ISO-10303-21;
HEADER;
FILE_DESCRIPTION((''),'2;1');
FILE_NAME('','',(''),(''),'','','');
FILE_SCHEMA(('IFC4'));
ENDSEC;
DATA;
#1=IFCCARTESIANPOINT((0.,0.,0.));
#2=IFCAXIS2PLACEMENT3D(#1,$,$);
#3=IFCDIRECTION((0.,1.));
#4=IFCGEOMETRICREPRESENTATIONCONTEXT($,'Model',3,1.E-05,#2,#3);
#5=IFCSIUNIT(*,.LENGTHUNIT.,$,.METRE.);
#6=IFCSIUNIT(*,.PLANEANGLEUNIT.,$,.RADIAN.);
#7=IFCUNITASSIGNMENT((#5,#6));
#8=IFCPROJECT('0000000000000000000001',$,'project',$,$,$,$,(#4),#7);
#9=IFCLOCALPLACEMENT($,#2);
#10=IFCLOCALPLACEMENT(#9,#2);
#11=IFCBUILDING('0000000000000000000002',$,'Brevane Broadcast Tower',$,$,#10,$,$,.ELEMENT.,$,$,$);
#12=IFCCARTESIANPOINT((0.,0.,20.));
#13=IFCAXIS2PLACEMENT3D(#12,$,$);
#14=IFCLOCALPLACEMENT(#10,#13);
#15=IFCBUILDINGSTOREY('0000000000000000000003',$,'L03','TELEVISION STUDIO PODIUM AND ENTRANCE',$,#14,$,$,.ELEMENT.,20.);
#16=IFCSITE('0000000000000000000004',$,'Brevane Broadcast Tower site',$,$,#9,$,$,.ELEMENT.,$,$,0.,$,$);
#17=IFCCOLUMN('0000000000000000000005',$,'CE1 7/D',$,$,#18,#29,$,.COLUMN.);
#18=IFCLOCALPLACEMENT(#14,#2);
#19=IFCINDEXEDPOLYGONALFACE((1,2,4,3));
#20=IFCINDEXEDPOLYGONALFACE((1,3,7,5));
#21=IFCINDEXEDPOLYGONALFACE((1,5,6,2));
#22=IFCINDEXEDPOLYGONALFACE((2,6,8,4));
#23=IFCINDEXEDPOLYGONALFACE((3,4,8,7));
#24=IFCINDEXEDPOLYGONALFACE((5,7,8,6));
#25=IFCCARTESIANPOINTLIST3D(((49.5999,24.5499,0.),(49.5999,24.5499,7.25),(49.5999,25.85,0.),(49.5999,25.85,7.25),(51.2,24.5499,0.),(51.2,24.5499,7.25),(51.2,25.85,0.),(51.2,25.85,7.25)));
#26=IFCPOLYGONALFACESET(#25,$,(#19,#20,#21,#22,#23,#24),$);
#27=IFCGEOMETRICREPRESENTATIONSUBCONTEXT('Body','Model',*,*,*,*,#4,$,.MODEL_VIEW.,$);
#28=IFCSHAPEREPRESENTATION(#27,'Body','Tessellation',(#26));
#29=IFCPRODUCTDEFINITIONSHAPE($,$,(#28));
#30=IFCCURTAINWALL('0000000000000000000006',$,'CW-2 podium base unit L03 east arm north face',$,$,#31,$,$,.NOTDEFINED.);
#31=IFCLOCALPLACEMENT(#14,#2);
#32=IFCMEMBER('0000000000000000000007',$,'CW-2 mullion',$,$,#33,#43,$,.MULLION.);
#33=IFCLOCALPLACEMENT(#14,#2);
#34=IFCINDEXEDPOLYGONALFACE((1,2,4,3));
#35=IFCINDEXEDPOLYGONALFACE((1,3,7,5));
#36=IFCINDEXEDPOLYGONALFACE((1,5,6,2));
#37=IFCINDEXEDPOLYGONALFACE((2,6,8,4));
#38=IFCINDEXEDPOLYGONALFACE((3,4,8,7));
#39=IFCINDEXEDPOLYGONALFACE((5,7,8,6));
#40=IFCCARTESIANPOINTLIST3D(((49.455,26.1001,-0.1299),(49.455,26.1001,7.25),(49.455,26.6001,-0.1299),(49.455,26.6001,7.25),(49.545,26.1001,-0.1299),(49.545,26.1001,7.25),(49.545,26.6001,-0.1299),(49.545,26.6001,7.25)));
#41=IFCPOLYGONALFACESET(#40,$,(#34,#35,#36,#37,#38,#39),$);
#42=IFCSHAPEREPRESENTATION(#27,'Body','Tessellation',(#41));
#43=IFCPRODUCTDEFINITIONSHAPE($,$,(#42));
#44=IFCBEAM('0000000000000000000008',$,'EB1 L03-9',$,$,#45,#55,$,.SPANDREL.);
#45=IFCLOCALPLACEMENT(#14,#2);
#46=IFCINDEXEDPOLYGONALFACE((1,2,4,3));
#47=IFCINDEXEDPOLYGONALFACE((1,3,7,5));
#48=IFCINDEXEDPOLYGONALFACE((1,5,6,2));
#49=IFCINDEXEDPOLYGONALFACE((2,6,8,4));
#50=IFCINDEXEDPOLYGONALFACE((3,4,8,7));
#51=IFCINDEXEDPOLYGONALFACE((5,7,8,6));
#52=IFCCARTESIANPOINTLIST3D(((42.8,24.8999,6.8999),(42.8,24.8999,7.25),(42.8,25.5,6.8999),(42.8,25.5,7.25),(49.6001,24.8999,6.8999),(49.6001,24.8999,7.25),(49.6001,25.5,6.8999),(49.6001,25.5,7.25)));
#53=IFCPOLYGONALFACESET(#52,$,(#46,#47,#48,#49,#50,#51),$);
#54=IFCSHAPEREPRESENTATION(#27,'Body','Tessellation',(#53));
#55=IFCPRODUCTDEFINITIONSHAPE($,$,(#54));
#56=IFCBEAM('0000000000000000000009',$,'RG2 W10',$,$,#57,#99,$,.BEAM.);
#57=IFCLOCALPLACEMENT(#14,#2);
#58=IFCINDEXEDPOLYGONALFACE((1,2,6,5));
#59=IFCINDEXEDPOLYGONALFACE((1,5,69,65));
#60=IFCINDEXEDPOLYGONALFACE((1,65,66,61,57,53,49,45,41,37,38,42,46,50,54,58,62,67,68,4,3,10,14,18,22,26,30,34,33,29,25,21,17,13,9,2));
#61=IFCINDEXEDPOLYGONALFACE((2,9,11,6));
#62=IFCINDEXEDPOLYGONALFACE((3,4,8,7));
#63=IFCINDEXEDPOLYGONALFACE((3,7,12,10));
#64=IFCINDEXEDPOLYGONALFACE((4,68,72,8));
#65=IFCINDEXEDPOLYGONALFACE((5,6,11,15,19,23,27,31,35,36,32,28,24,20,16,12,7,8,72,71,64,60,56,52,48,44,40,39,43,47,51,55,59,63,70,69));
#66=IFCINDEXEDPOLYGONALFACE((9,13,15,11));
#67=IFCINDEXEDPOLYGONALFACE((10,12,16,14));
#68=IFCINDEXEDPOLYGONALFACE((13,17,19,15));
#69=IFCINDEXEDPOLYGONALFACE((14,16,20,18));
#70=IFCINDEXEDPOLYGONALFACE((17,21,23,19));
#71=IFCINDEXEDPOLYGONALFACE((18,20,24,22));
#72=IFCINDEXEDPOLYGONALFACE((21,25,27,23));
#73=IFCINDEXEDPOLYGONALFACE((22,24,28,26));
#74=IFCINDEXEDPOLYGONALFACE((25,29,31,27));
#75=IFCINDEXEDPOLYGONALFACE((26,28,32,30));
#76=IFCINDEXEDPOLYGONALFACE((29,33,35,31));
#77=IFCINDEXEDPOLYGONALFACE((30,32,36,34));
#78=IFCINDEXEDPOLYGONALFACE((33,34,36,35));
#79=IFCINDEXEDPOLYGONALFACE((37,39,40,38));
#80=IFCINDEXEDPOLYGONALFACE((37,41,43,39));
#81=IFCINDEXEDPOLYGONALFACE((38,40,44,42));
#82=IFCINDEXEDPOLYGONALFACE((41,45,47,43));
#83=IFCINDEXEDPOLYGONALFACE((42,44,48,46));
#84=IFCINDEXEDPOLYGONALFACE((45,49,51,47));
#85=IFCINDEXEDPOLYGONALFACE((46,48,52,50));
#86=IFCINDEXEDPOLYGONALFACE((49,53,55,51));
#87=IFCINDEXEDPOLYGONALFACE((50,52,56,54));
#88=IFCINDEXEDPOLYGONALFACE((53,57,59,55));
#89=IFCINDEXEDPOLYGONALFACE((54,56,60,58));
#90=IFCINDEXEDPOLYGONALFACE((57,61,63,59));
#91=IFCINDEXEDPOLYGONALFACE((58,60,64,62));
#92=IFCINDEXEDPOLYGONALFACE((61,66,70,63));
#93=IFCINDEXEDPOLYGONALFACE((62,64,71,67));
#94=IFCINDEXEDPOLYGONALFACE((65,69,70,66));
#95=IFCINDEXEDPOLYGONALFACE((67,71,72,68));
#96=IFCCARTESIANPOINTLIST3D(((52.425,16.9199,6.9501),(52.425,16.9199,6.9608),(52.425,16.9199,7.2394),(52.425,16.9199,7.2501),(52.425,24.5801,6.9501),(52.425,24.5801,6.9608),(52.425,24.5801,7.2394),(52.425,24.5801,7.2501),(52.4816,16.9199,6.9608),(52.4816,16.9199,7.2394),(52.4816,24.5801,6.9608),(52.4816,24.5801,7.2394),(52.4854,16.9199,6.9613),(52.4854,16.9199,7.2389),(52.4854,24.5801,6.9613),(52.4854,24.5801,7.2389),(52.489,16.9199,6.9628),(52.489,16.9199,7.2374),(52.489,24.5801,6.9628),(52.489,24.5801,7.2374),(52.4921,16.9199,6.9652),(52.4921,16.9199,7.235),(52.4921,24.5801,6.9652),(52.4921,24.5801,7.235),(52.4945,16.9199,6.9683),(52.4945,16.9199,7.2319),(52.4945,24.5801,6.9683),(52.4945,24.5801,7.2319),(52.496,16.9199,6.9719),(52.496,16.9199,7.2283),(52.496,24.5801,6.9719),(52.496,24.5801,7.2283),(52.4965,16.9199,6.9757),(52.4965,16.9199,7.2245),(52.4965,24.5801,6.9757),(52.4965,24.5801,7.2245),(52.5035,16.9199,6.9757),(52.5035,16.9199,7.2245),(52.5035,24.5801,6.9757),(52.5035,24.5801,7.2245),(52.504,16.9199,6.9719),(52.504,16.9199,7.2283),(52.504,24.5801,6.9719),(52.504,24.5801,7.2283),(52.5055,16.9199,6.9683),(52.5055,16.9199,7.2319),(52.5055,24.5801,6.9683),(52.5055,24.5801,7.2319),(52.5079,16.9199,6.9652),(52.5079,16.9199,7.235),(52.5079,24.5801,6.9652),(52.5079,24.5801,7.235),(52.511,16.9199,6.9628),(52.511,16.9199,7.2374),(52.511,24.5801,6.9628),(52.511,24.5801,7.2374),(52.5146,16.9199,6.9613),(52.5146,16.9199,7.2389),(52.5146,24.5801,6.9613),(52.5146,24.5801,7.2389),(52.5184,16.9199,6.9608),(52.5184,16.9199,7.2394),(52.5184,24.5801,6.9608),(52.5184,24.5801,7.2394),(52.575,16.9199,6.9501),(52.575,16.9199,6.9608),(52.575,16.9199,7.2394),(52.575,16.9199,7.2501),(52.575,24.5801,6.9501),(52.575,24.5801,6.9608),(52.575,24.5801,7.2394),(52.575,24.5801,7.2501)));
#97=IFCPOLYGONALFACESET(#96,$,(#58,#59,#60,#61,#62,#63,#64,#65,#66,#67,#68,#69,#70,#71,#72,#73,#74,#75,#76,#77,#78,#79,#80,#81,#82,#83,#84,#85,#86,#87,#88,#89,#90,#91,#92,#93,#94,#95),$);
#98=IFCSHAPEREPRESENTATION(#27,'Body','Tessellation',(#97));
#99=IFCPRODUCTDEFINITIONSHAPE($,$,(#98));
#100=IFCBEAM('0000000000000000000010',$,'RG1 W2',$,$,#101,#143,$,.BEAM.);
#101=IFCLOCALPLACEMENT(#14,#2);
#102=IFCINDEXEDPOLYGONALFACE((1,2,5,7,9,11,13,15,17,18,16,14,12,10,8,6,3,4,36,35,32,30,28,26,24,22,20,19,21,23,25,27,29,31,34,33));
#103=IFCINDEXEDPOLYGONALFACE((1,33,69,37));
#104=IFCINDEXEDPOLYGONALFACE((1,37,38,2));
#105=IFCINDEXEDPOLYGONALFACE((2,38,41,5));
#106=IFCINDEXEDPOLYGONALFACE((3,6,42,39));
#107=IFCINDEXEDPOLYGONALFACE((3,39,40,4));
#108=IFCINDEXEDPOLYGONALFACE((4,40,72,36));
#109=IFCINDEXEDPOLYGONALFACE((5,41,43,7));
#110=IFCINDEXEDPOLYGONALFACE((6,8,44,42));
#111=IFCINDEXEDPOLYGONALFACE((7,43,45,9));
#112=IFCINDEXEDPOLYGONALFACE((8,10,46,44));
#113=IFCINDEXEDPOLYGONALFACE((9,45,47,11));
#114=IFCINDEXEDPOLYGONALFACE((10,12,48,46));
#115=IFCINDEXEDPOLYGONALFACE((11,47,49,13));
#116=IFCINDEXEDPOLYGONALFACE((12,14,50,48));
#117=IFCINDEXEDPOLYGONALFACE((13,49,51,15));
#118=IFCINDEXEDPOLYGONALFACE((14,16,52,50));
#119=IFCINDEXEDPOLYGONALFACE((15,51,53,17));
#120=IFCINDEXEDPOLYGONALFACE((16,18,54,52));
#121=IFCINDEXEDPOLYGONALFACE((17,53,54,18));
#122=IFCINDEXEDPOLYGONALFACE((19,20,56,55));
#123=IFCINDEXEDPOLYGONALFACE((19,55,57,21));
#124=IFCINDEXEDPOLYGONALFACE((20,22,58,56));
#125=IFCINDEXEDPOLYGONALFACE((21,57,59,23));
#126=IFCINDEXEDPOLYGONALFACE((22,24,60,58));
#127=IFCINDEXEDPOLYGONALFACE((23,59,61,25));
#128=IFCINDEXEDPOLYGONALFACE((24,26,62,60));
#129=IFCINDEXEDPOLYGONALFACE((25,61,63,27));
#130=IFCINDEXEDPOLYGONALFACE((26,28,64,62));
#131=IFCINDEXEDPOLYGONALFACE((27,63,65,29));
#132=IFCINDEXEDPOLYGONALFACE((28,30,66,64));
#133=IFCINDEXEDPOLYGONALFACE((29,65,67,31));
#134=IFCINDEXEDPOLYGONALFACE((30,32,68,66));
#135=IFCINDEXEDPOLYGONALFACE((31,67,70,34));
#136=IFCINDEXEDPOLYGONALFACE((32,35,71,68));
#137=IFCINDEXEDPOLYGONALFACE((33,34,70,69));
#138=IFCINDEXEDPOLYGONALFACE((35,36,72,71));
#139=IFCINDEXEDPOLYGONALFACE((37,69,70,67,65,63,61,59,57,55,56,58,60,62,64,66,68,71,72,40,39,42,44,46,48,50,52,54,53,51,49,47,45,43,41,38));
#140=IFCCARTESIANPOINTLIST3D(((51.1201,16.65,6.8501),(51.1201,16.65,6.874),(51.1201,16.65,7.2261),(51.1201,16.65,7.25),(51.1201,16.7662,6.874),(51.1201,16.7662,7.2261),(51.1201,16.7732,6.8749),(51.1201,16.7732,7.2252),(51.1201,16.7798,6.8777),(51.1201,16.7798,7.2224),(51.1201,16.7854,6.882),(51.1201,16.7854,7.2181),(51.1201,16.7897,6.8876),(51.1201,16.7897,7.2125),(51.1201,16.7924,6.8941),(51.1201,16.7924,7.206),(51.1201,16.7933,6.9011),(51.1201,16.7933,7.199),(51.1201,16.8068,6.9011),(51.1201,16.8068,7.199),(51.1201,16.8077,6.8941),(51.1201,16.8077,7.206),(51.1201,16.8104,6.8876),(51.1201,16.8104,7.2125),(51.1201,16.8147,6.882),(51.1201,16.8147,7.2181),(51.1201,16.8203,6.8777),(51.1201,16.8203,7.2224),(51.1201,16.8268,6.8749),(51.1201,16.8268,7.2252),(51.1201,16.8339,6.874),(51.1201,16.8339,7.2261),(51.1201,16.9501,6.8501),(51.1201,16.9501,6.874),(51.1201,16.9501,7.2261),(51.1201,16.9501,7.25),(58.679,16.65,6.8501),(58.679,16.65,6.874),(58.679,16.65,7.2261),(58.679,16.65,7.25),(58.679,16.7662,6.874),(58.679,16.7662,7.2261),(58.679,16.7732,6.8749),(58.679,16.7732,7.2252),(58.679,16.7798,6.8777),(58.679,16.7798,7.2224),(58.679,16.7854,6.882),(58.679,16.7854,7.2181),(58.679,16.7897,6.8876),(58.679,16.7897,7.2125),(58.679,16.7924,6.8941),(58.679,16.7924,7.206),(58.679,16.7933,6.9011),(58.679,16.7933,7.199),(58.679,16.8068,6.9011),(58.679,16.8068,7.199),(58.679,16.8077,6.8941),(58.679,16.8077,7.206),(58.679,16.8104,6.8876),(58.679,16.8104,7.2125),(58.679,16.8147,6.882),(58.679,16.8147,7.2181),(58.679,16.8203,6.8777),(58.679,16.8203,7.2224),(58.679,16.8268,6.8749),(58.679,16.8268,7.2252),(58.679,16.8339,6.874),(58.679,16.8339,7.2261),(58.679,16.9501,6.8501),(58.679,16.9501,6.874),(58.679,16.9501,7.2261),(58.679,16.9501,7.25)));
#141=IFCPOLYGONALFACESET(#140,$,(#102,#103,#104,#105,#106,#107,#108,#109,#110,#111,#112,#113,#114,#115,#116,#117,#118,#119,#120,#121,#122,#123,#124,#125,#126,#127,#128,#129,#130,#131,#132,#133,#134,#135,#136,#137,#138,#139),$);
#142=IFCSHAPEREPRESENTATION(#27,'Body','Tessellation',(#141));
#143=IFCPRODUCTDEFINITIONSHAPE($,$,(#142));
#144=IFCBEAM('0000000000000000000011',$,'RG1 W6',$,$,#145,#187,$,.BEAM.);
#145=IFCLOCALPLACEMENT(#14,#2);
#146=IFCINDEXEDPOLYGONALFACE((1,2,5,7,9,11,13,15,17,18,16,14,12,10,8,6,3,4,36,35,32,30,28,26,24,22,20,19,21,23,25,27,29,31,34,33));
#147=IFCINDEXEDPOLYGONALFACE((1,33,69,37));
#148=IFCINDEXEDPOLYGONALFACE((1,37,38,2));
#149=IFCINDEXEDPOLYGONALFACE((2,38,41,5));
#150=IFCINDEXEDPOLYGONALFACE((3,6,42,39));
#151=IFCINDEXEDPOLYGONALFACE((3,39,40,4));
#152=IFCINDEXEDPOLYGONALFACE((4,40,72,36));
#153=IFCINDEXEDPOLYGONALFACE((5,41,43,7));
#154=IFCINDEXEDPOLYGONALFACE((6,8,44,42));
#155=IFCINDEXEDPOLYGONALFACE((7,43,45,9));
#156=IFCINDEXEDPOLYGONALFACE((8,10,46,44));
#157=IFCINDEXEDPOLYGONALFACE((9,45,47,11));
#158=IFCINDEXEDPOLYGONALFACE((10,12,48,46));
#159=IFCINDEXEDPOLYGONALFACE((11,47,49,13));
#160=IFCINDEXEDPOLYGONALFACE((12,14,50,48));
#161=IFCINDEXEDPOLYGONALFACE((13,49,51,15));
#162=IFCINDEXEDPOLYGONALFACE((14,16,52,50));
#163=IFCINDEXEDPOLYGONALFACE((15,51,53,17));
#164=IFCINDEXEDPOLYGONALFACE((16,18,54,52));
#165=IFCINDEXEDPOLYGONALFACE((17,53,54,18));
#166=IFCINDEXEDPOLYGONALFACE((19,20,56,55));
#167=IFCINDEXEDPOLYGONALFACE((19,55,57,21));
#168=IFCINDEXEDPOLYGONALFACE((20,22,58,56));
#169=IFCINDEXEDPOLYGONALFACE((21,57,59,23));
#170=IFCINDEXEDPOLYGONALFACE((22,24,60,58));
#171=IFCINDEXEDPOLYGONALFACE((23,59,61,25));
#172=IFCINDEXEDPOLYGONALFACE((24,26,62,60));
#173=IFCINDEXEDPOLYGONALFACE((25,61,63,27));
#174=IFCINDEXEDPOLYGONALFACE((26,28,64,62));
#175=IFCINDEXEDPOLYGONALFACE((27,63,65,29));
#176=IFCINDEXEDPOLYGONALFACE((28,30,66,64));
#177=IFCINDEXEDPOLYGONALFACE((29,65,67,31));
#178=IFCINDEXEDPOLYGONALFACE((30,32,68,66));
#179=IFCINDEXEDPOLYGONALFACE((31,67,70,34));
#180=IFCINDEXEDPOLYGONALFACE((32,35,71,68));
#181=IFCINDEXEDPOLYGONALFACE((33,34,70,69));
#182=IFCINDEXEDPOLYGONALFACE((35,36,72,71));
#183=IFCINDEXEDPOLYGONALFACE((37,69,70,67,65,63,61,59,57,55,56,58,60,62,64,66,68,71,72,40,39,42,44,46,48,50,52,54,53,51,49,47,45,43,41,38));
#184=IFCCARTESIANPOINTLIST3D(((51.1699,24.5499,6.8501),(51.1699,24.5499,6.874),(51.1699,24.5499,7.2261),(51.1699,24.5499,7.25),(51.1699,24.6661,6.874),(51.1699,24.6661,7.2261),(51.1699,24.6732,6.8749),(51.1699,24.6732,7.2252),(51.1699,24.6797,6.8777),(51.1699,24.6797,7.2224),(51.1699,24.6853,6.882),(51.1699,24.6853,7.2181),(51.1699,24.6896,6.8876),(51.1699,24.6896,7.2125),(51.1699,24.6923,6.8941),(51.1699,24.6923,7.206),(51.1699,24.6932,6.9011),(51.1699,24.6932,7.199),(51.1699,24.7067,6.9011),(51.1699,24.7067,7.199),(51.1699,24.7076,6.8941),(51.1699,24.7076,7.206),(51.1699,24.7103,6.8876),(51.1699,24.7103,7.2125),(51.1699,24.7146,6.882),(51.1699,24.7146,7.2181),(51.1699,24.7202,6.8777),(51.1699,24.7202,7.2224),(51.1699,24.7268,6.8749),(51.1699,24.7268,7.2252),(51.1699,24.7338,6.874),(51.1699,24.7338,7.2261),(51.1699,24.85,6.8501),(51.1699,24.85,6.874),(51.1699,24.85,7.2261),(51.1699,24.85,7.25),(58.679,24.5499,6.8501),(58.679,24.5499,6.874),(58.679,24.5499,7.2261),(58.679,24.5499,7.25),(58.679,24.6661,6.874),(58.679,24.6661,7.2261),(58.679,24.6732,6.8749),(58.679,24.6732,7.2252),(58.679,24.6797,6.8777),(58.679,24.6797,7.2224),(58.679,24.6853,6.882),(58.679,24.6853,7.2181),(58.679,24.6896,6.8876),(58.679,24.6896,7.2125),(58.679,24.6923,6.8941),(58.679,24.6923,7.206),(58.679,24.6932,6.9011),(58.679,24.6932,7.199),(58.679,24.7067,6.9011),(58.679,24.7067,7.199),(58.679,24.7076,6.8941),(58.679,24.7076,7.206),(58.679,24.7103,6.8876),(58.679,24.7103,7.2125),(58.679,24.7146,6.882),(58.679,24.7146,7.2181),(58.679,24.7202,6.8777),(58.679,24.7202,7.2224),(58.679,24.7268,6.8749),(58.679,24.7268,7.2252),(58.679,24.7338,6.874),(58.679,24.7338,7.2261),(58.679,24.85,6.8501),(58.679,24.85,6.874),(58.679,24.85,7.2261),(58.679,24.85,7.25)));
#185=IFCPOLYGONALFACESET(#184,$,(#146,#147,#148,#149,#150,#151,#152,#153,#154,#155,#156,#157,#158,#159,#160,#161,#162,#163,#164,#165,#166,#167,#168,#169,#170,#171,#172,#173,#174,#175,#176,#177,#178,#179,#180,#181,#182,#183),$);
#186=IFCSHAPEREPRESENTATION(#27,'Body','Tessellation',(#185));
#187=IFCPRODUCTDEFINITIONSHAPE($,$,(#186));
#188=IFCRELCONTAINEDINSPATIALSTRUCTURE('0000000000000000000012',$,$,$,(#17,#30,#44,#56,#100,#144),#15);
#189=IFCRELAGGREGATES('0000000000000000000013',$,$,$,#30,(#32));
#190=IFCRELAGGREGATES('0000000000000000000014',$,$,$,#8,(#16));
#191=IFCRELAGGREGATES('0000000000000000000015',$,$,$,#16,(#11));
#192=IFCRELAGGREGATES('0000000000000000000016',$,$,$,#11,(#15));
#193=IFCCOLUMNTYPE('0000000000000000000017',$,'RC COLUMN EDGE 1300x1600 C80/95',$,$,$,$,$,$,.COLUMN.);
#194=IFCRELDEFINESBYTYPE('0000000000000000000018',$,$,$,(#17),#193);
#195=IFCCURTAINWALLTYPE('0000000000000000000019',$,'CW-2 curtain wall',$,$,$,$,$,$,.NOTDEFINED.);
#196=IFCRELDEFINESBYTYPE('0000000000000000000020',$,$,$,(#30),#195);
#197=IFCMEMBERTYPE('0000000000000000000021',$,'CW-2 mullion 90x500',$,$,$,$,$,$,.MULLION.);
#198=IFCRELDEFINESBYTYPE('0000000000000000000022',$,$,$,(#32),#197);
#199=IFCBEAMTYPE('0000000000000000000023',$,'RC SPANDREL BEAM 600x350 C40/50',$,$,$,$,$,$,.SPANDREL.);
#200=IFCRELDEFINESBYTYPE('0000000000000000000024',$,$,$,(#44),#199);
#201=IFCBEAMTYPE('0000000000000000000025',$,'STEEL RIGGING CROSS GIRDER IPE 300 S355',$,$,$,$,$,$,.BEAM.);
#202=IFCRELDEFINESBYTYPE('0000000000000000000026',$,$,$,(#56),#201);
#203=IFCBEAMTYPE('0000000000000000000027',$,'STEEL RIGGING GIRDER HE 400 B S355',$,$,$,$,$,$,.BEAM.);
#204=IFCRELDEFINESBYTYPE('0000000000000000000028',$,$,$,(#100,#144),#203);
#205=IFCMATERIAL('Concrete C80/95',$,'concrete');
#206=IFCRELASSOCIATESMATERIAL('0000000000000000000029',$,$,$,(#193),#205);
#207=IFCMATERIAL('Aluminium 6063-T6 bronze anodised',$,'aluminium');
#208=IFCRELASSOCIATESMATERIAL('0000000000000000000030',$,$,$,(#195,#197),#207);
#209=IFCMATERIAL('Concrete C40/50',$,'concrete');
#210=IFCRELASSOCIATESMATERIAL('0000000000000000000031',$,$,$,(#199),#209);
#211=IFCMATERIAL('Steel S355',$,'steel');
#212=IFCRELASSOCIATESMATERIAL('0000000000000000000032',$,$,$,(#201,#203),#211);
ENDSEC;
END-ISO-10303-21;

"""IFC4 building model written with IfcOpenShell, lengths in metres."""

from ifc_helpers import new_model, si_unit, direction, frame, origin, origin_2d, place, context, subcontext, project, spatial, rectangle, i_section, extrude, material, material_profile, profile_set, type_object, element, aggregate, save


model = new_model("IFC4")

# Units and contexts
model_context = context("Model", 3, precision=1e-05, world=origin(), true_north=direction((0.0, 1.0)))
body_context = subcontext(model_context, "Body", "Model", "MODEL_VIEW")
ifc_project = project(units=[si_unit("LENGTHUNIT", "METRE"), si_unit("PLANEANGLEUNIT", "RADIAN")], contexts=[model_context])

# Site, building, storey
site_placement = place(None, origin())
site = spatial("IfcSite", under=ifc_project, at=site_placement, Name="Brevane Broadcast Tower site", CompositionType="ELEMENT", RefElevation=0.0)
building_placement = place(site_placement, origin())
building = spatial("IfcBuilding", under=site, at=building_placement, Name="Brevane Broadcast Tower", CompositionType="ELEMENT")
storey_placement = place(building_placement, frame((0.0, 0.0, 20.0)))
storey = spatial("IfcBuildingStorey", under=building, at=storey_placement, Name="L03", Description="TELEVISION STUDIO PODIUM AND ENTRANCE", CompositionType="ELEMENT", Elevation=20.0)

# Column
ifc_material_1 = material(Name="Concrete C80/95", Category="concrete")
ifc_material_profile_1 = material_profile(ifc_material_1, rectangle(XDim=1.3, YDim=1.6001, at=origin_2d()), Name="RC 1300x1600")
ifc_profile_set_1 = profile_set([ifc_material_profile_1], Name="Concrete C80/95")
column_type = type_object("IfcColumnType", Name="RC COLUMN EDGE 1300x1600 C80/95", PredefinedType="COLUMN", material=ifc_profile_set_1)
column_placement = place(storey_placement, frame((50.3999, 25.2, 0.0), z_axis=(0.0, 0.0, 1.0), x_axis=(0.0, 1.0, 0.0)))
element("IfcColumn", 1, at=column_placement, inside=storey, type_object=column_type, Name="CE1 7/D", PredefinedType="COLUMN", context=body_context, shape_type="SweptSolid", body=[
    extrude(rectangle(XDim=1.3, YDim=1.6001, at=origin_2d()), origin(), (0.0, 0.0, 1.0), 7.25),
])

# Curtain wall, member
ifc_material_2 = material(Name="Aluminium 6063-T6 bronze anodised", Category="aluminium")
curtain_wall_type = type_object("IfcCurtainWallType", Name="CW-2 curtain wall", PredefinedType="NOTDEFINED", material=ifc_material_2)
curtain_wall_placement = place(storey_placement, origin())
curtain_wall = element("IfcCurtainWall", 2, at=curtain_wall_placement, inside=storey, type_object=curtain_wall_type, Name="CW-2 podium base unit L03 east arm north face", PredefinedType="NOTDEFINED")
ifc_material_profile_2 = material_profile(ifc_material_2, rectangle(XDim=0.5, YDim=0.0901, at=origin_2d()), Name="RECT 90x500")
ifc_profile_set_2 = profile_set([ifc_material_profile_2], Name="Aluminium 6063-T6 bronze anodised")
member_type = type_object("IfcMemberType", Name="CW-2 mullion 90x500", PredefinedType="MULLION", material=ifc_profile_set_2)
member_placement = place(storey_placement, frame((49.5, 26.3501, -0.1299), z_axis=(0.0, 0.0, 1.0), x_axis=(0.0, -1.0, 0.0)))
member = element("IfcMember", 3, at=member_placement, type_object=member_type, Name="CW-2 mullion", PredefinedType="MULLION", context=body_context, shape_type="SweptSolid", body=[
    extrude(rectangle(XDim=0.5, YDim=0.0901, at=origin_2d()), origin(), (0.0, 0.0, 1.0), 7.3799),
])
aggregate(curtain_wall, [member])

# Beams
ifc_material_3 = material(Name="Concrete C40/50", Category="concrete")
ifc_material_profile_3 = material_profile(ifc_material_3, rectangle(XDim=0.6001, YDim=0.3501, at=origin_2d()), Name="RC 600x350")
ifc_profile_set_3 = profile_set([ifc_material_profile_3], Name="Concrete C40/50")
beam_type_1 = type_object("IfcBeamType", Name="RC SPANDREL BEAM 600x350 C40/50", PredefinedType="SPANDREL", material=ifc_profile_set_3)
beam_1_placement = place(storey_placement, frame((49.6001, 25.2, 7.075), z_axis=(-1.0, 0.0, 0.0), x_axis=(0.0, -1.0, 0.0)))
element("IfcBeam", 4, at=beam_1_placement, inside=storey, type_object=beam_type_1, Name="EB1 L03-9", PredefinedType="SPANDREL", context=body_context, shape_type="SweptSolid", body=[
    extrude(rectangle(XDim=0.6001, YDim=0.3501, at=origin_2d()), origin(), (0.0, 0.0, 1.0), 6.8),
])
ifc_material_4 = material(Name="Steel S355", Category="steel")
ifc_material_profile_4 = material_profile(ifc_material_4, i_section(OverallWidth=0.1499, OverallDepth=0.3, WebThickness=0.0071, FlangeThickness=0.0107, FilletRadius=0.0149, at=origin_2d()), Name="IPE 300")
ifc_profile_set_4 = profile_set([ifc_material_profile_4], Name="Steel S355")
beam_type_2 = type_object("IfcBeamType", Name="STEEL RIGGING CROSS GIRDER IPE 300 S355", PredefinedType="BEAM", material=ifc_profile_set_4)
beam_2_placement = place(storey_placement, frame((52.5, 16.9199, 7.1001), z_axis=(0.0, 1.0, 0.0), x_axis=(-1.0, 0.0, 0.0)))
element("IfcBeam", 5, at=beam_2_placement, inside=storey, type_object=beam_type_2, Name="RG2 W10", PredefinedType="BEAM", context=body_context, shape_type="SweptSolid", body=[
    extrude(i_section(OverallWidth=0.1499, OverallDepth=0.3, WebThickness=0.0071, FlangeThickness=0.0107, FilletRadius=0.0149, at=origin_2d()), origin(), (0.0, 0.0, 1.0), 7.6602),
])
ifc_material_profile_5 = material_profile(ifc_material_4, i_section(OverallWidth=0.3, OverallDepth=0.3999, WebThickness=0.0134, FlangeThickness=0.0239, FilletRadius=0.0271, at=origin_2d()), Name="HE 400 B")
ifc_profile_set_5 = profile_set([ifc_material_profile_5], Name="Steel S355")
beam_type_3 = type_object("IfcBeamType", Name="STEEL RIGGING GIRDER HE 400 B S355", PredefinedType="BEAM", material=ifc_profile_set_5)
beam_3_placement = place(storey_placement, frame((51.1201, 16.8, 7.05), z_axis=(1.0, 0.0, 0.0), x_axis=(0.0, 1.0, 0.0)))
element("IfcBeam", 6, at=beam_3_placement, inside=storey, type_object=beam_type_3, Name="RG1 W2", PredefinedType="BEAM", context=body_context, shape_type="SweptSolid", body=[
    extrude(i_section(OverallWidth=0.3, OverallDepth=0.3999, WebThickness=0.0134, FlangeThickness=0.0239, FilletRadius=0.0271, at=origin_2d()), origin(), (0.0, 0.0, 1.0), 7.5588),
])
beam_4_placement = place(storey_placement, frame((51.1699, 24.7, 7.05), z_axis=(1.0, 0.0, 0.0), x_axis=(0.0, 1.0, 0.0)))
element("IfcBeam", 7, at=beam_4_placement, inside=storey, type_object=beam_type_3, Name="RG1 W6", PredefinedType="BEAM", context=body_context, shape_type="SweptSolid", body=[
    extrude(i_section(OverallWidth=0.3, OverallDepth=0.3999, WebThickness=0.0134, FlangeThickness=0.0239, FilletRadius=0.0271, at=origin_2d()), origin(), (0.0, 0.0, 1.0), 7.509),
])

save(model, "model.ifc")
